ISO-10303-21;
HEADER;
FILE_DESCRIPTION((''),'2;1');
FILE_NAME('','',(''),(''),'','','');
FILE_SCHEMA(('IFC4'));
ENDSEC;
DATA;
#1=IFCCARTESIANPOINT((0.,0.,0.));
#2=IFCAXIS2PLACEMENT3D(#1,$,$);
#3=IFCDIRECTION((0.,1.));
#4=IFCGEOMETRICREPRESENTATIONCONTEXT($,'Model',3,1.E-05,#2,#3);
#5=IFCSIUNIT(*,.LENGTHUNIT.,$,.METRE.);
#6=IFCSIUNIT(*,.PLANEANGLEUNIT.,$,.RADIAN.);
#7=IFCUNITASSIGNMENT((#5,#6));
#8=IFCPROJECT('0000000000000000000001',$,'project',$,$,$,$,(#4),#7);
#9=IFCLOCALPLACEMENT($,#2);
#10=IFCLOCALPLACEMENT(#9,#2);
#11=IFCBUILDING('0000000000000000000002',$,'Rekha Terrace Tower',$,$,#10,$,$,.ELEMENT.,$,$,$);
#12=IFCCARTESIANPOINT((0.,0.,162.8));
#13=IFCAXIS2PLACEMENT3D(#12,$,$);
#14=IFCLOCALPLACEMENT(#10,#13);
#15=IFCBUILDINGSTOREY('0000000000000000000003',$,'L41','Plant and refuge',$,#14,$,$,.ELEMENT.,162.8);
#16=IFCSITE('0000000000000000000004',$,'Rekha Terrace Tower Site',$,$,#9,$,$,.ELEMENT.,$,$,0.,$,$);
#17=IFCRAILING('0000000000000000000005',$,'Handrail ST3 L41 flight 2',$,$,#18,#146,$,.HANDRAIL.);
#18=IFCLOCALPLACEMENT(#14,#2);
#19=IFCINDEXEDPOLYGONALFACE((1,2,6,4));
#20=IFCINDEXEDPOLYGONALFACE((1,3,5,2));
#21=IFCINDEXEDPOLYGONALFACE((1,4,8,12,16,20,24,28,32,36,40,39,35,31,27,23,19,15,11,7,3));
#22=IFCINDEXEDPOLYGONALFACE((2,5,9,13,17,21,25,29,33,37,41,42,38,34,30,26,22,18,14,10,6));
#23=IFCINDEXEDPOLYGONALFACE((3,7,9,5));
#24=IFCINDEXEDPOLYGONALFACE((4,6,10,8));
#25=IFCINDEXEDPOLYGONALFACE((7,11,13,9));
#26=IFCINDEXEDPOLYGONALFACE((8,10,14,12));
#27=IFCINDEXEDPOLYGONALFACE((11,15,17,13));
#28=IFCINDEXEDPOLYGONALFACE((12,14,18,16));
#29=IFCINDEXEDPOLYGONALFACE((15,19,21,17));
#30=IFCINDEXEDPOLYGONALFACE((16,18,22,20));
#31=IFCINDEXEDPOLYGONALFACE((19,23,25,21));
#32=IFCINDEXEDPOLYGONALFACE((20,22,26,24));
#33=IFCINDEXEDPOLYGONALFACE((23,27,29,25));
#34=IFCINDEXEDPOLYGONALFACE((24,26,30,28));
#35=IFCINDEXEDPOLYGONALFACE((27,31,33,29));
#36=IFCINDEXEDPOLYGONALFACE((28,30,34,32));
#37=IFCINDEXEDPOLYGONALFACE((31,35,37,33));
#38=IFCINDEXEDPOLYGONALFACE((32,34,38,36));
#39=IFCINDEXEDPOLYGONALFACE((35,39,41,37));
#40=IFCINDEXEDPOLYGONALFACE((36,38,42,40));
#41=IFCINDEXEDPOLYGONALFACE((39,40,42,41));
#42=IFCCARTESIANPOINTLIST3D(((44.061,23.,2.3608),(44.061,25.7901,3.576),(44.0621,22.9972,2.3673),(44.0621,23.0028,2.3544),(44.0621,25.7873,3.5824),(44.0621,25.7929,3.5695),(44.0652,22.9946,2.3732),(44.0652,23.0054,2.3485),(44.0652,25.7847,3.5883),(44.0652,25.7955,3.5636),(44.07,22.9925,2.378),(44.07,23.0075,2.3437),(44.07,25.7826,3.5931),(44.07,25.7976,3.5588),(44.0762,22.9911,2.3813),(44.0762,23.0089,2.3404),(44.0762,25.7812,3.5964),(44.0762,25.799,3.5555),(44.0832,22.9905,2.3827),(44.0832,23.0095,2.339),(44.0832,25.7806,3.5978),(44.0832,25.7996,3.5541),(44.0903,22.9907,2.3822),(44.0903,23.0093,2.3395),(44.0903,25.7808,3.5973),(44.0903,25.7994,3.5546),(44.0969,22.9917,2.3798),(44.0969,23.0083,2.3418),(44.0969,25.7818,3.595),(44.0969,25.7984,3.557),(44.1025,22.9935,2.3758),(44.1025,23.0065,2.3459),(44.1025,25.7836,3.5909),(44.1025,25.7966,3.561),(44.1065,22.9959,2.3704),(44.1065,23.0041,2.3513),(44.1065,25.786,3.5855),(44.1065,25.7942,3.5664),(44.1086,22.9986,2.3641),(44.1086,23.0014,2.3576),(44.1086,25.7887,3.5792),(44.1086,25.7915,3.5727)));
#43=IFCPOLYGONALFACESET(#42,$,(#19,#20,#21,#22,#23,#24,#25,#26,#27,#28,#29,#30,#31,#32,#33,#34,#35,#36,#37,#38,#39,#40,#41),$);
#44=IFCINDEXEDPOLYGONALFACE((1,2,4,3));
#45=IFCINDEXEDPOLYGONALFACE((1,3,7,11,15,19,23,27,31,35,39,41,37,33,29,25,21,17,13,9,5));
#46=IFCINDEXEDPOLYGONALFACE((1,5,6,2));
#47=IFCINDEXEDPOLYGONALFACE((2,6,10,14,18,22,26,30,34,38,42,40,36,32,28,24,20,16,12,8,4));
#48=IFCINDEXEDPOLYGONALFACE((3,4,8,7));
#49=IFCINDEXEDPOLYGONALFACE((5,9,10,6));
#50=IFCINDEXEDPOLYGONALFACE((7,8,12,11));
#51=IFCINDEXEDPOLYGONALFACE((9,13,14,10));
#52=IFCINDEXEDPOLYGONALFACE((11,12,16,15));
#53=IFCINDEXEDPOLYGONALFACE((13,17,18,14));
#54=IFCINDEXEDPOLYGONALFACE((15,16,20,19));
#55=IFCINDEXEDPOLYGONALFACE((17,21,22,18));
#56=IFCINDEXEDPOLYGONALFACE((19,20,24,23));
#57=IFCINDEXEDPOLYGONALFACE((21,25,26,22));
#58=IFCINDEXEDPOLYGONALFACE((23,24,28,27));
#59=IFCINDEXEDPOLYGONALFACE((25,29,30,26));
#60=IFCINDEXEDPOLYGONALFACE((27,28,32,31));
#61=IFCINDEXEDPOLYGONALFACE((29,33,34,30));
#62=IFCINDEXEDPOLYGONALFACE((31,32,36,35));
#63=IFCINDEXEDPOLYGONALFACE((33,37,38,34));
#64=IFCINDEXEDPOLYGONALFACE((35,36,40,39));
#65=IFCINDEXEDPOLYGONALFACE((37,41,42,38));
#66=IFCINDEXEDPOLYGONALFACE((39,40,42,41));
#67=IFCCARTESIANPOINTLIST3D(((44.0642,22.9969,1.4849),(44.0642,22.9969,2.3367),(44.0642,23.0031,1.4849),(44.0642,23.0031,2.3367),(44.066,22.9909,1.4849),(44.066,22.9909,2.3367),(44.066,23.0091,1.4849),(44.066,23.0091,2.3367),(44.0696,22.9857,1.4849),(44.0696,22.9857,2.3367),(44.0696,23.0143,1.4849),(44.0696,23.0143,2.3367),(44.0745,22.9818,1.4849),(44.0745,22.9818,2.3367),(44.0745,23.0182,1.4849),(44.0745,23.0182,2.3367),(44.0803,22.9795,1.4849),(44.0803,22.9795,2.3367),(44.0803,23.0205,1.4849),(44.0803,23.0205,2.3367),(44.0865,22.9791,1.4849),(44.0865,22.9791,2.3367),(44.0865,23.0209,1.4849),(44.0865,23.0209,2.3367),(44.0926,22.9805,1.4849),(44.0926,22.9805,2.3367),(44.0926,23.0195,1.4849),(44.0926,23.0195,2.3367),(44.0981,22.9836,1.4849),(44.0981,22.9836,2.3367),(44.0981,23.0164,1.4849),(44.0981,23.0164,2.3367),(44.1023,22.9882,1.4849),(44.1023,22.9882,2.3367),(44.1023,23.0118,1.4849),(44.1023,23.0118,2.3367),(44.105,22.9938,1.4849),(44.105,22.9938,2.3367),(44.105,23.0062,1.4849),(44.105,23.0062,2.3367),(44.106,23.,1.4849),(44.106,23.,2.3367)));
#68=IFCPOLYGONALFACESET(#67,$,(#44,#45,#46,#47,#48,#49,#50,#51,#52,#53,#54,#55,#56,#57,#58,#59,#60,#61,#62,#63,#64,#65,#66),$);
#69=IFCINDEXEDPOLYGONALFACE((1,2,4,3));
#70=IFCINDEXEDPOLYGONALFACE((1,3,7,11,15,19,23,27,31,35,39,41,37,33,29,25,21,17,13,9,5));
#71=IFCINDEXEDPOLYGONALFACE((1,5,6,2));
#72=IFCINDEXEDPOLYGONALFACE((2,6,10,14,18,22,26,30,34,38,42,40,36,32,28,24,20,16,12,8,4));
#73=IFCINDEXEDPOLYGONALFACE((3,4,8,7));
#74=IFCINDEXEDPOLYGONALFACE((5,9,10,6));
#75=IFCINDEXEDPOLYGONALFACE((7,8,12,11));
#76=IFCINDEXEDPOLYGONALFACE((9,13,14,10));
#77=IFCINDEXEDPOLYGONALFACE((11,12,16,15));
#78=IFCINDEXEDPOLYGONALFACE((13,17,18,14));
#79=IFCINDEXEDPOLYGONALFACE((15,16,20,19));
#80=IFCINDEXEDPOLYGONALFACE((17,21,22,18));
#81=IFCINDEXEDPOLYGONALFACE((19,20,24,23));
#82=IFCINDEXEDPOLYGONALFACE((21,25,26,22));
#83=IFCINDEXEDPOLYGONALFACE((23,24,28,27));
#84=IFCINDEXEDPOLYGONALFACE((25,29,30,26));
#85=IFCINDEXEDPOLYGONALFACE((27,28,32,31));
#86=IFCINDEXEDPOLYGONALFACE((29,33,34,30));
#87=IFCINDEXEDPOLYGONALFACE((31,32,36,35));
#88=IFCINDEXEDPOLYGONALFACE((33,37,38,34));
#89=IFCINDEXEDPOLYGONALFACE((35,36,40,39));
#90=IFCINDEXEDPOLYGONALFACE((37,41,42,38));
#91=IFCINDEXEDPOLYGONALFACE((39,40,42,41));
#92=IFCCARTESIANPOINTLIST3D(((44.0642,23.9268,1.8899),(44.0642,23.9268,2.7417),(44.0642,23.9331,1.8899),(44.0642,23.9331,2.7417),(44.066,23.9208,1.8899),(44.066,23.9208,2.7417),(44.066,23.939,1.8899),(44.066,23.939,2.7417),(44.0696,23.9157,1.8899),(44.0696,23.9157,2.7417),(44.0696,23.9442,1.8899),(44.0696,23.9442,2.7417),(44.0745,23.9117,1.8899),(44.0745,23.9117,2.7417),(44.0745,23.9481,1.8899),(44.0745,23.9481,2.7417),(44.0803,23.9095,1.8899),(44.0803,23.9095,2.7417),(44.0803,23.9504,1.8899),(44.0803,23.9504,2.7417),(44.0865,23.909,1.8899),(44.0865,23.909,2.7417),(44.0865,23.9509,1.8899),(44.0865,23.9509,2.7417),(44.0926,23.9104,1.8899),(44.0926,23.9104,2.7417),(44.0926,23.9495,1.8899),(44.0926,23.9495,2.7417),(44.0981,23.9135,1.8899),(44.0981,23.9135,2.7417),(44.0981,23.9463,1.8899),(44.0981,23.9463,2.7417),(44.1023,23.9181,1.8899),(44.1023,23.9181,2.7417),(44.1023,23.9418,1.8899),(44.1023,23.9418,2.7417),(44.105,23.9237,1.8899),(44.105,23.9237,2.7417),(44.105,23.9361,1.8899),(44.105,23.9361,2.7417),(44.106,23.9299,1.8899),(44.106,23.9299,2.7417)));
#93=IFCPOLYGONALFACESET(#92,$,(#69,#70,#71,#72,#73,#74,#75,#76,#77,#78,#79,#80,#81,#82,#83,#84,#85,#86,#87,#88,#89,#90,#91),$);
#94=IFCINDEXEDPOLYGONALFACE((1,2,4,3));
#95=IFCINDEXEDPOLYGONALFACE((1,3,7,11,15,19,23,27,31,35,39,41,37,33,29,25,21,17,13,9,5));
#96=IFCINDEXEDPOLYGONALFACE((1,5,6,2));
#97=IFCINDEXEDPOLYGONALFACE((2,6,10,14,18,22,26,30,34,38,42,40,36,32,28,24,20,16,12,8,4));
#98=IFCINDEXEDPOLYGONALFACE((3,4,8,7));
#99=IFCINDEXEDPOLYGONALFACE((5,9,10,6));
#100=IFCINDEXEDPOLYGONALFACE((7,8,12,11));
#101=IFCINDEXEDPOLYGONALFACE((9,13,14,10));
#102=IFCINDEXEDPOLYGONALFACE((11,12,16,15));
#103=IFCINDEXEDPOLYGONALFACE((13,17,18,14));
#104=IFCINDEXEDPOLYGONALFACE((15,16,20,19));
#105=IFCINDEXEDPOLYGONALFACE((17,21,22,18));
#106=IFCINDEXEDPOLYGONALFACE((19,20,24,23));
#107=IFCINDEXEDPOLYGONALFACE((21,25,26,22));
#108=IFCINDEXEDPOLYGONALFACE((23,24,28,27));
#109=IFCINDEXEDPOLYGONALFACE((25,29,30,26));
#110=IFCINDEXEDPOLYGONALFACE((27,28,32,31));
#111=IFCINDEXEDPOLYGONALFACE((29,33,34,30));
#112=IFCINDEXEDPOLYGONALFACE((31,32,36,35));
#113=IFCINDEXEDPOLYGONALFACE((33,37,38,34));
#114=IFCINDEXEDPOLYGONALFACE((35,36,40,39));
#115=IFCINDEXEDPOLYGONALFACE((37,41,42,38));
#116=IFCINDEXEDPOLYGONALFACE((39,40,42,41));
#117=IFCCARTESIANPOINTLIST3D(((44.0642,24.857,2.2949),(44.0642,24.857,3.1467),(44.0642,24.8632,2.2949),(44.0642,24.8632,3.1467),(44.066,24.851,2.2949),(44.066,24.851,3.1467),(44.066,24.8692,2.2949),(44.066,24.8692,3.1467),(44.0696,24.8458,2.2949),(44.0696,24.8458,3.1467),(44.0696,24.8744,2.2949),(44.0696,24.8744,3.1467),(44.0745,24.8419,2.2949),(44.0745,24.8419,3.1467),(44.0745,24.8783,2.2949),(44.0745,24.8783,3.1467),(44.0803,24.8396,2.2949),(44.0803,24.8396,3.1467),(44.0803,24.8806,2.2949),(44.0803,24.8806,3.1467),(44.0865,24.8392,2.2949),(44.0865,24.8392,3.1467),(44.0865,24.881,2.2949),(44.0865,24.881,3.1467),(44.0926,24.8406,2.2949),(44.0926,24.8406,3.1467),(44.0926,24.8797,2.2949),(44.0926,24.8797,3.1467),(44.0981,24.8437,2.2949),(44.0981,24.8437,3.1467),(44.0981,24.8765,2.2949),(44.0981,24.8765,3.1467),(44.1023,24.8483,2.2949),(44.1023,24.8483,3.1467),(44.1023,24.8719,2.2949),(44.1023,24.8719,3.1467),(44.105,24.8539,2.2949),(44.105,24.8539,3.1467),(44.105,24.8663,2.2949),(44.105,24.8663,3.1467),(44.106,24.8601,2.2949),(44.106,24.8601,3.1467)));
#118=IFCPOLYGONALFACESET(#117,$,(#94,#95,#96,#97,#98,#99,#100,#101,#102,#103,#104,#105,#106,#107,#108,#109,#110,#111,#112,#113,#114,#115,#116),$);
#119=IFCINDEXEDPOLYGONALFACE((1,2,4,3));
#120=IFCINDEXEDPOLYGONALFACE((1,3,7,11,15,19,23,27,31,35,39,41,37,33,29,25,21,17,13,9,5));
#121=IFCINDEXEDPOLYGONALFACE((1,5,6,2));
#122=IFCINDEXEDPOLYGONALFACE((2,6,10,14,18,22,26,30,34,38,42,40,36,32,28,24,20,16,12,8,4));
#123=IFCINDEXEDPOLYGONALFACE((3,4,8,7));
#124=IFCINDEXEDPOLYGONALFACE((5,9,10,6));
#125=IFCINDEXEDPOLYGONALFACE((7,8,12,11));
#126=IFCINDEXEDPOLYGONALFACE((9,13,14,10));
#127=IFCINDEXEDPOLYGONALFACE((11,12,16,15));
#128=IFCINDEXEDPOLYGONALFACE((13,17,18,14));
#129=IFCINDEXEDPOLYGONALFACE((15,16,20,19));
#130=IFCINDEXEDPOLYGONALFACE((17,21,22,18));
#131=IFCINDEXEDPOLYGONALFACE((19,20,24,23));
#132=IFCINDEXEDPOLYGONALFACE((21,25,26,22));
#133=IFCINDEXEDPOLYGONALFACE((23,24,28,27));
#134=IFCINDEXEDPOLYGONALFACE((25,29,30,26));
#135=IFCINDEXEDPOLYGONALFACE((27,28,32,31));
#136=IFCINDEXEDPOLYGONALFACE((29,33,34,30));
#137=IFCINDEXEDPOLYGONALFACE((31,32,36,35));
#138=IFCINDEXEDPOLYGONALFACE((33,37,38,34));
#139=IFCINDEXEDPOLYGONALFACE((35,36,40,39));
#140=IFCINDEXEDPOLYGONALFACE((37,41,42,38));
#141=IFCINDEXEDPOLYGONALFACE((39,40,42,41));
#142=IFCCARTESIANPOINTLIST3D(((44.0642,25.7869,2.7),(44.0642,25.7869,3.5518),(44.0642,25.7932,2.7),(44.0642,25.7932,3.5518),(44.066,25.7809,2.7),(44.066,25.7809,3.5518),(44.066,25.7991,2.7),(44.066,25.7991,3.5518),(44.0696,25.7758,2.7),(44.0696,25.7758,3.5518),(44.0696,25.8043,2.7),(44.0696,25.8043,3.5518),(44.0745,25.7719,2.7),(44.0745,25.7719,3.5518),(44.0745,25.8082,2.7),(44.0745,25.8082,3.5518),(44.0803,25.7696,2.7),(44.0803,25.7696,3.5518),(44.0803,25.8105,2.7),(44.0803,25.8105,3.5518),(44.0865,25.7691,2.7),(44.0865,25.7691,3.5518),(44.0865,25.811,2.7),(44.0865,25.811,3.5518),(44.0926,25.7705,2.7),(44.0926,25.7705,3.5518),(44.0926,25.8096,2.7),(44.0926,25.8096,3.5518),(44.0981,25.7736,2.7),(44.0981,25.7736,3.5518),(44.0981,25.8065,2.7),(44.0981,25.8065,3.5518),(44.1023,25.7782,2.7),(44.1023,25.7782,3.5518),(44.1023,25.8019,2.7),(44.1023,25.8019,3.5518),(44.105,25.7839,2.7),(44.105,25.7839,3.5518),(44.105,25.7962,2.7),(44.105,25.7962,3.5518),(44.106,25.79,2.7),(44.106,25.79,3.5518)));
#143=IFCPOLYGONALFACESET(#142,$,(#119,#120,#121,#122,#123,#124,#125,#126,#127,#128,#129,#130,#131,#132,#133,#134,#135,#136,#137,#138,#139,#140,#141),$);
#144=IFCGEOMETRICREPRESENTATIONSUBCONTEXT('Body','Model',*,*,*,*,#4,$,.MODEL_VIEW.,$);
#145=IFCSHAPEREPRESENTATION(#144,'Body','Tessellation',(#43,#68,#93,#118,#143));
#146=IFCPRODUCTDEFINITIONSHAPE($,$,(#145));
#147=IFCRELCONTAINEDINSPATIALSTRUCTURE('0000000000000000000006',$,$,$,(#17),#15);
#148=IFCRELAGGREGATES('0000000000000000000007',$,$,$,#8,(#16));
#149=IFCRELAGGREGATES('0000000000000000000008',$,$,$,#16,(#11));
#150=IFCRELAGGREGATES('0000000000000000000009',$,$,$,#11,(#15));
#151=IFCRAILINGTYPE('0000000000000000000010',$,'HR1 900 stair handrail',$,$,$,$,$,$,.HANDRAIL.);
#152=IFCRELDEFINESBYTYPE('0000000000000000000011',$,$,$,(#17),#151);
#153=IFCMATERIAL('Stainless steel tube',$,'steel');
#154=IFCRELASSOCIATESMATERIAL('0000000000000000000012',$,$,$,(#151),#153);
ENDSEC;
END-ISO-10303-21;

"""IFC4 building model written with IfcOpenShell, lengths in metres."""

from ifc_helpers import new_model, si_unit, direction, frame, origin, origin_2d, place, context, subcontext, project, spatial, circle, extrude, material, type_object, element, save


model = new_model("IFC4")

# Units and contexts
model_context = context("Model", 3, precision=1e-05, world=origin(), true_north=direction((0.0, 1.0)))
body_context = subcontext(model_context, "Body", "Model", "MODEL_VIEW")
ifc_project = project(units=[si_unit("LENGTHUNIT", "METRE"), si_unit("PLANEANGLEUNIT", "RADIAN")], contexts=[model_context])

# Site, building, storey
site_placement = place(None, origin())
site = spatial("IfcSite", under=ifc_project, at=site_placement, Name="Rekha Terrace Tower Site", CompositionType="ELEMENT", RefElevation=0.0)
building_placement = place(site_placement, origin())
building = spatial("IfcBuilding", under=site, at=building_placement, Name="Rekha Terrace Tower", CompositionType="ELEMENT")
storey_placement = place(building_placement, frame((0.0, 0.0, 162.8)))
storey = spatial("IfcBuildingStorey", under=building, at=storey_placement, Name="L41", Description="Plant and refuge", CompositionType="ELEMENT", Elevation=162.8)

# Railing
ifc_material_1 = material(Name="Stainless steel tube", Category="steel")
railing_type_1 = type_object("IfcRailingType", Name="HR1 900 stair handrail", PredefinedType="HANDRAIL", material=ifc_material_1)
railing_1_placement = place(storey_placement, frame((44.085, 23.0, 1.4849)))
element("IfcRailing", 1, at=railing_1_placement, inside=storey, type_object=railing_type_1, Name="Handrail ST3 L41 flight 2", PredefinedType="HANDRAIL", context=body_context, shape_type="SweptSolid", body=[
    extrude(circle(Radius=0.0239, at=origin_2d()), frame((0.0, 0.0, 0.876), z_axis=(0.0, 0.916826, 0.399286), x_axis=(-1.0, 0.0, 0.0)), (0.0, 0.0, 1.0), 3.0432),
    extrude(circle(Radius=0.021, at=origin_2d()), origin(), (0.0, 0.0, 1.0), 0.8518),
    extrude(circle(Radius=0.021, at=origin_2d()), frame((0.0, 0.9299, 0.405)), (0.0, 0.0, 1.0), 0.8518),
    extrude(circle(Radius=0.021, at=origin_2d()), frame((0.0, 1.8601, 0.8101)), (0.0, 0.0, 1.0), 0.8518),
    extrude(circle(Radius=0.021, at=origin_2d()), frame((0.0, 2.79, 1.2151)), (0.0, 0.0, 1.0), 0.8518),
])

save(model, "model.ifc")
